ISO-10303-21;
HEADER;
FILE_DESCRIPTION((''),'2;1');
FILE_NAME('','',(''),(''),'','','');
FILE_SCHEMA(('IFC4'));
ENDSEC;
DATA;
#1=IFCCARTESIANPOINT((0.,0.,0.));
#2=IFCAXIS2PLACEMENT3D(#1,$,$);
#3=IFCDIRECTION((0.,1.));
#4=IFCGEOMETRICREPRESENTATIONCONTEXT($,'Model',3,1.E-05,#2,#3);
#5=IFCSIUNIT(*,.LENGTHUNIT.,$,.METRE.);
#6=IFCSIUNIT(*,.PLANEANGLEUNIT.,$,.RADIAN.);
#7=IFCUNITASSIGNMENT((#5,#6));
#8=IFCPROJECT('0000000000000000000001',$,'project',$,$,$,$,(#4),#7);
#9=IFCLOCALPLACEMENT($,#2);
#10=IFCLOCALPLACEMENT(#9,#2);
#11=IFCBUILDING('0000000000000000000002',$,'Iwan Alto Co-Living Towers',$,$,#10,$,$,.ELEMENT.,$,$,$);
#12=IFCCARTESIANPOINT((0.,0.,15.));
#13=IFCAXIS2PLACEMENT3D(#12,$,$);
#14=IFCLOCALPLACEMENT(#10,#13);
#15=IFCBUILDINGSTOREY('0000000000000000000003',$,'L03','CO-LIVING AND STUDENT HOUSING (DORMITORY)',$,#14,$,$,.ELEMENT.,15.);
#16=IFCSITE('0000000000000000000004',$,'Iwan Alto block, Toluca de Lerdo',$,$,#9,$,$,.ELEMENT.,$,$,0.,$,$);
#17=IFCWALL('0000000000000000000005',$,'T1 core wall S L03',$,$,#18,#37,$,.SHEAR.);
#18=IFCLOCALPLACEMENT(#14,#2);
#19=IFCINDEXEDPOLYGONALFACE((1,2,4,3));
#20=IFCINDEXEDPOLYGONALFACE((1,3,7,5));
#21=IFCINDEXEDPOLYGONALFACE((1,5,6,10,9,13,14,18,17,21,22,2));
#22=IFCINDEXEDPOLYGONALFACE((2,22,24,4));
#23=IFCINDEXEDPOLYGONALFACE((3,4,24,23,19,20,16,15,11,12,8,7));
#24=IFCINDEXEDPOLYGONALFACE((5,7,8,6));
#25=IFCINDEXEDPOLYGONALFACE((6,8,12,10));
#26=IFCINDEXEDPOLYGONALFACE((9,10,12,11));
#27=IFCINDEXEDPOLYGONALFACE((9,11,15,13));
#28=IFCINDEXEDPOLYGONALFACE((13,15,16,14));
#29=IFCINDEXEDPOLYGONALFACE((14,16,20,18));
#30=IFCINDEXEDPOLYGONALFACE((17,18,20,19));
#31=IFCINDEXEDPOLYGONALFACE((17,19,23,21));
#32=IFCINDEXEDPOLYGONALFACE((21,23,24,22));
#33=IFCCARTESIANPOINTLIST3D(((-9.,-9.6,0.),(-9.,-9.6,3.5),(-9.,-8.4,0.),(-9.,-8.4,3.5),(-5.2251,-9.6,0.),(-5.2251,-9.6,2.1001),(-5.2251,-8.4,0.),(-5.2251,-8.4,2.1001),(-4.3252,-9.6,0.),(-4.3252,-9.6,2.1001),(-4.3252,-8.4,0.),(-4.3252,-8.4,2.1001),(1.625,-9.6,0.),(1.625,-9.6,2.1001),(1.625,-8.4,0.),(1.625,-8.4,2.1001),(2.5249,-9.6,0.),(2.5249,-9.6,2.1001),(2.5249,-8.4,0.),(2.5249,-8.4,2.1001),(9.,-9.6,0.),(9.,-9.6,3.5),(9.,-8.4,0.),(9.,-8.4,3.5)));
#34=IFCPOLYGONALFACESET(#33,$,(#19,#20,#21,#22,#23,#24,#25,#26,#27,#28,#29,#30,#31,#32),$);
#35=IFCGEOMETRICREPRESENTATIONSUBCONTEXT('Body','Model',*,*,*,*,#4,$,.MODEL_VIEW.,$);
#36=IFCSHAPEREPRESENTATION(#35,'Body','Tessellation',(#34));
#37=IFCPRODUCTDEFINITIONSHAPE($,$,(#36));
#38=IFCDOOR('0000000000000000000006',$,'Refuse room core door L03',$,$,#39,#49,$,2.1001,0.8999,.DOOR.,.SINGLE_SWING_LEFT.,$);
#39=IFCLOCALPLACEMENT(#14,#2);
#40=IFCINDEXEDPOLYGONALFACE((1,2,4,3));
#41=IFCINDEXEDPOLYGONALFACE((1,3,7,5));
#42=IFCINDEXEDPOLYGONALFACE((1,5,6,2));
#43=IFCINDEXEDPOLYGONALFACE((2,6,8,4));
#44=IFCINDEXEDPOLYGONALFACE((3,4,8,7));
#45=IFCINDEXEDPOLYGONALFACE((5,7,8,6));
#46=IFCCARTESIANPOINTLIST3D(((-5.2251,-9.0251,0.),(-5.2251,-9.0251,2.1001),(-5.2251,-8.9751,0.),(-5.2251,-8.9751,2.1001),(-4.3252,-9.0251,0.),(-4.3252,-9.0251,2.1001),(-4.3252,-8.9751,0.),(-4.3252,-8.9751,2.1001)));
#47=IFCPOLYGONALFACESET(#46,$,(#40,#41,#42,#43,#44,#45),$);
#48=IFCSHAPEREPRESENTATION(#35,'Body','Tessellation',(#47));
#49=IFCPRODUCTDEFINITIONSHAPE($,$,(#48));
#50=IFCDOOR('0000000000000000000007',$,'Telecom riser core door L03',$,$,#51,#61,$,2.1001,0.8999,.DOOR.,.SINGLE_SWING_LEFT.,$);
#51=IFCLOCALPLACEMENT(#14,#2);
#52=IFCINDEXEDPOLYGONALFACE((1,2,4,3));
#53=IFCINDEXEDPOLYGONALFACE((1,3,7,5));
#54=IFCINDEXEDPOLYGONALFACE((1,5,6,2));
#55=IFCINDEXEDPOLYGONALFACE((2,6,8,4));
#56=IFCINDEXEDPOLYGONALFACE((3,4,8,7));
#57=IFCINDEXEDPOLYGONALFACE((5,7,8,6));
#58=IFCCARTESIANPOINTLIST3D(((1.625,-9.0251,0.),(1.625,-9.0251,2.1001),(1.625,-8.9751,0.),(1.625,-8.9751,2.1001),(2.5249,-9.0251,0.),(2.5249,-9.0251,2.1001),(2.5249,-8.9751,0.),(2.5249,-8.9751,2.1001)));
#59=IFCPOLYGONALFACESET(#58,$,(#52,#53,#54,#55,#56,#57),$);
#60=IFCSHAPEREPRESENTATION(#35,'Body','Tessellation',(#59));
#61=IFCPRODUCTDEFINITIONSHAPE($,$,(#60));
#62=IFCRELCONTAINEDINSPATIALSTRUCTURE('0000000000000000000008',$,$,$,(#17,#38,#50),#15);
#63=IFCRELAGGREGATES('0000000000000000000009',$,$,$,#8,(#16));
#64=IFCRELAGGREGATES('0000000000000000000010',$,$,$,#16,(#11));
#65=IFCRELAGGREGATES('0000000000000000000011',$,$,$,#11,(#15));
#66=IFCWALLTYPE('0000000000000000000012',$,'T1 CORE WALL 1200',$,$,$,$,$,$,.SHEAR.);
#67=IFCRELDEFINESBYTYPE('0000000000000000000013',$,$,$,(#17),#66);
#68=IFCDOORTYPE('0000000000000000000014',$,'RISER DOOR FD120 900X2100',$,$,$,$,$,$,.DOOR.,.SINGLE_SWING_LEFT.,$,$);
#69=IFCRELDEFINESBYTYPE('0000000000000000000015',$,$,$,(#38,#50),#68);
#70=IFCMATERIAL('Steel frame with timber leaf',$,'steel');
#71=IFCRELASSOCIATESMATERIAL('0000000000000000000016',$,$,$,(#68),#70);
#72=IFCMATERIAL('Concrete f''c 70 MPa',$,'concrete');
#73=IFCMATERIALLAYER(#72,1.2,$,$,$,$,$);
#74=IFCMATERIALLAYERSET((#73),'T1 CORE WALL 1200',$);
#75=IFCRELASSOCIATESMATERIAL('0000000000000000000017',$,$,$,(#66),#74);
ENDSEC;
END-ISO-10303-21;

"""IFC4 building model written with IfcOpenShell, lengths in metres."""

from ifc_helpers import new_model, si_unit, direction, frame, frame_2d, origin, place, context, subcontext, project, spatial, rectangle, extrude, material, layer, layer_set, type_object, element, fill, save


model = new_model("IFC4")

# Units and contexts
model_context = context("Model", 3, precision=1e-05, world=origin(), true_north=direction((0.0, 1.0)))
body_context = subcontext(model_context, "Body", "Model", "MODEL_VIEW")
ifc_project = project(units=[si_unit("LENGTHUNIT", "METRE"), si_unit("PLANEANGLEUNIT", "RADIAN")], contexts=[model_context])

# Site, building, storey
site_placement = place(None, origin())
site = spatial("IfcSite", under=ifc_project, at=site_placement, Name="Iwan Alto block, Toluca de Lerdo", CompositionType="ELEMENT", RefElevation=0.0)
building_placement = place(site_placement, origin())
building = spatial("IfcBuilding", under=site, at=building_placement, Name="Iwan Alto Co-Living Towers", CompositionType="ELEMENT")
storey_placement = place(building_placement, frame((0.0, 0.0, 15.0)))
storey = spatial("IfcBuildingStorey", under=building, at=storey_placement, Name="L03", Description="CO-LIVING AND STUDENT HOUSING (DORMITORY)", CompositionType="ELEMENT", Elevation=15.0)

# Shared definitions
ifc_material_1 = material(Name="Steel frame with timber leaf", Category="steel")
door_type_1 = type_object("IfcDoorType", Name="RISER DOOR FD120 900X2100", OperationType="SINGLE_SWING_LEFT", PredefinedType="DOOR", material=ifc_material_1)

# Wall, openings, doors
ifc_material_2 = material(Name="Concrete f'c 70 MPa", Category="concrete")
ifc_layer_1 = layer(ifc_material_2, 1.2)
ifc_layer_set_1 = layer_set([ifc_layer_1], Name="T1 CORE WALL 1200")
wall_type_1 = type_object("IfcWallType", Name="T1 CORE WALL 1200", PredefinedType="SHEAR", material=ifc_layer_set_1)
wall_1_placement = place(storey_placement, frame((-9.0, -9.0, 0.0), z_axis=(0.0, 0.0, 1.0), x_axis=(1.0, 0.0, 0.0)))
wall_1 = element("IfcWall", 1, at=wall_1_placement, inside=storey, type_object=wall_type_1, Name="T1 core wall S L03", PredefinedType="SHEAR", context=body_context, shape_type="SweptSolid", body=[
    extrude(rectangle(XDim=18.0, YDim=1.2, at=frame_2d((9.0, 0.0))), origin(), (0.0, 0.0, 1.0), 3.5),
])
opening_1_placement = place(wall_1_placement, frame((3.7749, 0.0, 0.0)))
opening_1 = element("IfcOpeningElement", 2, at=opening_1_placement, cuts=wall_1, PredefinedType="OPENING", context=body_context, shape_type="SweptSolid", body=[
    extrude(rectangle(XDim=0.8999, YDim=2.1001, at=frame_2d((0.45, 1.05))), frame((0.0, 0.6099, 0.0), z_axis=(0.0, -1.0, 0.0), x_axis=(1.0, 0.0, 0.0)), (0.0, 0.0, 1.0), 1.22),
])
opening_2_placement = place(wall_1_placement, frame((10.625, 0.0, 0.0)))
opening_2 = element("IfcOpeningElement", 3, at=opening_2_placement, cuts=wall_1, PredefinedType="OPENING", context=body_context, shape_type="SweptSolid", body=[
    extrude(rectangle(XDim=0.8999, YDim=2.1001, at=frame_2d((0.45, 1.05))), frame((0.0, 0.6099, 0.0), z_axis=(0.0, -1.0, 0.0), x_axis=(1.0, 0.0, 0.0)), (0.0, 0.0, 1.0), 1.22),
])
door_1_placement = place(opening_1_placement, origin())
door_1 = element("IfcDoor", 4, at=door_1_placement, inside=storey, type_object=door_type_1, Name="Refuse room core door L03", OperationType="SINGLE_SWING_LEFT", OverallHeight=2.1001, OverallWidth=0.8999, PredefinedType="DOOR", context=body_context, shape_type="SweptSolid", body=[
    extrude(rectangle(XDim=0.8999, YDim=2.1001, at=frame_2d((0.45, 1.05))), frame((0.0, 0.0249, 0.0), z_axis=(0.0, -1.0, 0.0), x_axis=(1.0, 0.0, 0.0)), (0.0, 0.0, 1.0), 0.05),
])
fill(opening_1, door_1)
door_2_placement = place(opening_2_placement, origin())
door_2 = element("IfcDoor", 5, at=door_2_placement, inside=storey, type_object=door_type_1, Name="Telecom riser core door L03", OperationType="SINGLE_SWING_LEFT", OverallHeight=2.1001, OverallWidth=0.8999, PredefinedType="DOOR", context=body_context, shape_type="SweptSolid", body=[
    extrude(rectangle(XDim=0.8999, YDim=2.1001, at=frame_2d((0.45, 1.05))), frame((0.0, 0.0249, 0.0), z_axis=(0.0, -1.0, 0.0), x_axis=(1.0, 0.0, 0.0)), (0.0, 0.0, 1.0), 0.05),
])
fill(opening_2, door_2)

save(model, "model.ifc")
